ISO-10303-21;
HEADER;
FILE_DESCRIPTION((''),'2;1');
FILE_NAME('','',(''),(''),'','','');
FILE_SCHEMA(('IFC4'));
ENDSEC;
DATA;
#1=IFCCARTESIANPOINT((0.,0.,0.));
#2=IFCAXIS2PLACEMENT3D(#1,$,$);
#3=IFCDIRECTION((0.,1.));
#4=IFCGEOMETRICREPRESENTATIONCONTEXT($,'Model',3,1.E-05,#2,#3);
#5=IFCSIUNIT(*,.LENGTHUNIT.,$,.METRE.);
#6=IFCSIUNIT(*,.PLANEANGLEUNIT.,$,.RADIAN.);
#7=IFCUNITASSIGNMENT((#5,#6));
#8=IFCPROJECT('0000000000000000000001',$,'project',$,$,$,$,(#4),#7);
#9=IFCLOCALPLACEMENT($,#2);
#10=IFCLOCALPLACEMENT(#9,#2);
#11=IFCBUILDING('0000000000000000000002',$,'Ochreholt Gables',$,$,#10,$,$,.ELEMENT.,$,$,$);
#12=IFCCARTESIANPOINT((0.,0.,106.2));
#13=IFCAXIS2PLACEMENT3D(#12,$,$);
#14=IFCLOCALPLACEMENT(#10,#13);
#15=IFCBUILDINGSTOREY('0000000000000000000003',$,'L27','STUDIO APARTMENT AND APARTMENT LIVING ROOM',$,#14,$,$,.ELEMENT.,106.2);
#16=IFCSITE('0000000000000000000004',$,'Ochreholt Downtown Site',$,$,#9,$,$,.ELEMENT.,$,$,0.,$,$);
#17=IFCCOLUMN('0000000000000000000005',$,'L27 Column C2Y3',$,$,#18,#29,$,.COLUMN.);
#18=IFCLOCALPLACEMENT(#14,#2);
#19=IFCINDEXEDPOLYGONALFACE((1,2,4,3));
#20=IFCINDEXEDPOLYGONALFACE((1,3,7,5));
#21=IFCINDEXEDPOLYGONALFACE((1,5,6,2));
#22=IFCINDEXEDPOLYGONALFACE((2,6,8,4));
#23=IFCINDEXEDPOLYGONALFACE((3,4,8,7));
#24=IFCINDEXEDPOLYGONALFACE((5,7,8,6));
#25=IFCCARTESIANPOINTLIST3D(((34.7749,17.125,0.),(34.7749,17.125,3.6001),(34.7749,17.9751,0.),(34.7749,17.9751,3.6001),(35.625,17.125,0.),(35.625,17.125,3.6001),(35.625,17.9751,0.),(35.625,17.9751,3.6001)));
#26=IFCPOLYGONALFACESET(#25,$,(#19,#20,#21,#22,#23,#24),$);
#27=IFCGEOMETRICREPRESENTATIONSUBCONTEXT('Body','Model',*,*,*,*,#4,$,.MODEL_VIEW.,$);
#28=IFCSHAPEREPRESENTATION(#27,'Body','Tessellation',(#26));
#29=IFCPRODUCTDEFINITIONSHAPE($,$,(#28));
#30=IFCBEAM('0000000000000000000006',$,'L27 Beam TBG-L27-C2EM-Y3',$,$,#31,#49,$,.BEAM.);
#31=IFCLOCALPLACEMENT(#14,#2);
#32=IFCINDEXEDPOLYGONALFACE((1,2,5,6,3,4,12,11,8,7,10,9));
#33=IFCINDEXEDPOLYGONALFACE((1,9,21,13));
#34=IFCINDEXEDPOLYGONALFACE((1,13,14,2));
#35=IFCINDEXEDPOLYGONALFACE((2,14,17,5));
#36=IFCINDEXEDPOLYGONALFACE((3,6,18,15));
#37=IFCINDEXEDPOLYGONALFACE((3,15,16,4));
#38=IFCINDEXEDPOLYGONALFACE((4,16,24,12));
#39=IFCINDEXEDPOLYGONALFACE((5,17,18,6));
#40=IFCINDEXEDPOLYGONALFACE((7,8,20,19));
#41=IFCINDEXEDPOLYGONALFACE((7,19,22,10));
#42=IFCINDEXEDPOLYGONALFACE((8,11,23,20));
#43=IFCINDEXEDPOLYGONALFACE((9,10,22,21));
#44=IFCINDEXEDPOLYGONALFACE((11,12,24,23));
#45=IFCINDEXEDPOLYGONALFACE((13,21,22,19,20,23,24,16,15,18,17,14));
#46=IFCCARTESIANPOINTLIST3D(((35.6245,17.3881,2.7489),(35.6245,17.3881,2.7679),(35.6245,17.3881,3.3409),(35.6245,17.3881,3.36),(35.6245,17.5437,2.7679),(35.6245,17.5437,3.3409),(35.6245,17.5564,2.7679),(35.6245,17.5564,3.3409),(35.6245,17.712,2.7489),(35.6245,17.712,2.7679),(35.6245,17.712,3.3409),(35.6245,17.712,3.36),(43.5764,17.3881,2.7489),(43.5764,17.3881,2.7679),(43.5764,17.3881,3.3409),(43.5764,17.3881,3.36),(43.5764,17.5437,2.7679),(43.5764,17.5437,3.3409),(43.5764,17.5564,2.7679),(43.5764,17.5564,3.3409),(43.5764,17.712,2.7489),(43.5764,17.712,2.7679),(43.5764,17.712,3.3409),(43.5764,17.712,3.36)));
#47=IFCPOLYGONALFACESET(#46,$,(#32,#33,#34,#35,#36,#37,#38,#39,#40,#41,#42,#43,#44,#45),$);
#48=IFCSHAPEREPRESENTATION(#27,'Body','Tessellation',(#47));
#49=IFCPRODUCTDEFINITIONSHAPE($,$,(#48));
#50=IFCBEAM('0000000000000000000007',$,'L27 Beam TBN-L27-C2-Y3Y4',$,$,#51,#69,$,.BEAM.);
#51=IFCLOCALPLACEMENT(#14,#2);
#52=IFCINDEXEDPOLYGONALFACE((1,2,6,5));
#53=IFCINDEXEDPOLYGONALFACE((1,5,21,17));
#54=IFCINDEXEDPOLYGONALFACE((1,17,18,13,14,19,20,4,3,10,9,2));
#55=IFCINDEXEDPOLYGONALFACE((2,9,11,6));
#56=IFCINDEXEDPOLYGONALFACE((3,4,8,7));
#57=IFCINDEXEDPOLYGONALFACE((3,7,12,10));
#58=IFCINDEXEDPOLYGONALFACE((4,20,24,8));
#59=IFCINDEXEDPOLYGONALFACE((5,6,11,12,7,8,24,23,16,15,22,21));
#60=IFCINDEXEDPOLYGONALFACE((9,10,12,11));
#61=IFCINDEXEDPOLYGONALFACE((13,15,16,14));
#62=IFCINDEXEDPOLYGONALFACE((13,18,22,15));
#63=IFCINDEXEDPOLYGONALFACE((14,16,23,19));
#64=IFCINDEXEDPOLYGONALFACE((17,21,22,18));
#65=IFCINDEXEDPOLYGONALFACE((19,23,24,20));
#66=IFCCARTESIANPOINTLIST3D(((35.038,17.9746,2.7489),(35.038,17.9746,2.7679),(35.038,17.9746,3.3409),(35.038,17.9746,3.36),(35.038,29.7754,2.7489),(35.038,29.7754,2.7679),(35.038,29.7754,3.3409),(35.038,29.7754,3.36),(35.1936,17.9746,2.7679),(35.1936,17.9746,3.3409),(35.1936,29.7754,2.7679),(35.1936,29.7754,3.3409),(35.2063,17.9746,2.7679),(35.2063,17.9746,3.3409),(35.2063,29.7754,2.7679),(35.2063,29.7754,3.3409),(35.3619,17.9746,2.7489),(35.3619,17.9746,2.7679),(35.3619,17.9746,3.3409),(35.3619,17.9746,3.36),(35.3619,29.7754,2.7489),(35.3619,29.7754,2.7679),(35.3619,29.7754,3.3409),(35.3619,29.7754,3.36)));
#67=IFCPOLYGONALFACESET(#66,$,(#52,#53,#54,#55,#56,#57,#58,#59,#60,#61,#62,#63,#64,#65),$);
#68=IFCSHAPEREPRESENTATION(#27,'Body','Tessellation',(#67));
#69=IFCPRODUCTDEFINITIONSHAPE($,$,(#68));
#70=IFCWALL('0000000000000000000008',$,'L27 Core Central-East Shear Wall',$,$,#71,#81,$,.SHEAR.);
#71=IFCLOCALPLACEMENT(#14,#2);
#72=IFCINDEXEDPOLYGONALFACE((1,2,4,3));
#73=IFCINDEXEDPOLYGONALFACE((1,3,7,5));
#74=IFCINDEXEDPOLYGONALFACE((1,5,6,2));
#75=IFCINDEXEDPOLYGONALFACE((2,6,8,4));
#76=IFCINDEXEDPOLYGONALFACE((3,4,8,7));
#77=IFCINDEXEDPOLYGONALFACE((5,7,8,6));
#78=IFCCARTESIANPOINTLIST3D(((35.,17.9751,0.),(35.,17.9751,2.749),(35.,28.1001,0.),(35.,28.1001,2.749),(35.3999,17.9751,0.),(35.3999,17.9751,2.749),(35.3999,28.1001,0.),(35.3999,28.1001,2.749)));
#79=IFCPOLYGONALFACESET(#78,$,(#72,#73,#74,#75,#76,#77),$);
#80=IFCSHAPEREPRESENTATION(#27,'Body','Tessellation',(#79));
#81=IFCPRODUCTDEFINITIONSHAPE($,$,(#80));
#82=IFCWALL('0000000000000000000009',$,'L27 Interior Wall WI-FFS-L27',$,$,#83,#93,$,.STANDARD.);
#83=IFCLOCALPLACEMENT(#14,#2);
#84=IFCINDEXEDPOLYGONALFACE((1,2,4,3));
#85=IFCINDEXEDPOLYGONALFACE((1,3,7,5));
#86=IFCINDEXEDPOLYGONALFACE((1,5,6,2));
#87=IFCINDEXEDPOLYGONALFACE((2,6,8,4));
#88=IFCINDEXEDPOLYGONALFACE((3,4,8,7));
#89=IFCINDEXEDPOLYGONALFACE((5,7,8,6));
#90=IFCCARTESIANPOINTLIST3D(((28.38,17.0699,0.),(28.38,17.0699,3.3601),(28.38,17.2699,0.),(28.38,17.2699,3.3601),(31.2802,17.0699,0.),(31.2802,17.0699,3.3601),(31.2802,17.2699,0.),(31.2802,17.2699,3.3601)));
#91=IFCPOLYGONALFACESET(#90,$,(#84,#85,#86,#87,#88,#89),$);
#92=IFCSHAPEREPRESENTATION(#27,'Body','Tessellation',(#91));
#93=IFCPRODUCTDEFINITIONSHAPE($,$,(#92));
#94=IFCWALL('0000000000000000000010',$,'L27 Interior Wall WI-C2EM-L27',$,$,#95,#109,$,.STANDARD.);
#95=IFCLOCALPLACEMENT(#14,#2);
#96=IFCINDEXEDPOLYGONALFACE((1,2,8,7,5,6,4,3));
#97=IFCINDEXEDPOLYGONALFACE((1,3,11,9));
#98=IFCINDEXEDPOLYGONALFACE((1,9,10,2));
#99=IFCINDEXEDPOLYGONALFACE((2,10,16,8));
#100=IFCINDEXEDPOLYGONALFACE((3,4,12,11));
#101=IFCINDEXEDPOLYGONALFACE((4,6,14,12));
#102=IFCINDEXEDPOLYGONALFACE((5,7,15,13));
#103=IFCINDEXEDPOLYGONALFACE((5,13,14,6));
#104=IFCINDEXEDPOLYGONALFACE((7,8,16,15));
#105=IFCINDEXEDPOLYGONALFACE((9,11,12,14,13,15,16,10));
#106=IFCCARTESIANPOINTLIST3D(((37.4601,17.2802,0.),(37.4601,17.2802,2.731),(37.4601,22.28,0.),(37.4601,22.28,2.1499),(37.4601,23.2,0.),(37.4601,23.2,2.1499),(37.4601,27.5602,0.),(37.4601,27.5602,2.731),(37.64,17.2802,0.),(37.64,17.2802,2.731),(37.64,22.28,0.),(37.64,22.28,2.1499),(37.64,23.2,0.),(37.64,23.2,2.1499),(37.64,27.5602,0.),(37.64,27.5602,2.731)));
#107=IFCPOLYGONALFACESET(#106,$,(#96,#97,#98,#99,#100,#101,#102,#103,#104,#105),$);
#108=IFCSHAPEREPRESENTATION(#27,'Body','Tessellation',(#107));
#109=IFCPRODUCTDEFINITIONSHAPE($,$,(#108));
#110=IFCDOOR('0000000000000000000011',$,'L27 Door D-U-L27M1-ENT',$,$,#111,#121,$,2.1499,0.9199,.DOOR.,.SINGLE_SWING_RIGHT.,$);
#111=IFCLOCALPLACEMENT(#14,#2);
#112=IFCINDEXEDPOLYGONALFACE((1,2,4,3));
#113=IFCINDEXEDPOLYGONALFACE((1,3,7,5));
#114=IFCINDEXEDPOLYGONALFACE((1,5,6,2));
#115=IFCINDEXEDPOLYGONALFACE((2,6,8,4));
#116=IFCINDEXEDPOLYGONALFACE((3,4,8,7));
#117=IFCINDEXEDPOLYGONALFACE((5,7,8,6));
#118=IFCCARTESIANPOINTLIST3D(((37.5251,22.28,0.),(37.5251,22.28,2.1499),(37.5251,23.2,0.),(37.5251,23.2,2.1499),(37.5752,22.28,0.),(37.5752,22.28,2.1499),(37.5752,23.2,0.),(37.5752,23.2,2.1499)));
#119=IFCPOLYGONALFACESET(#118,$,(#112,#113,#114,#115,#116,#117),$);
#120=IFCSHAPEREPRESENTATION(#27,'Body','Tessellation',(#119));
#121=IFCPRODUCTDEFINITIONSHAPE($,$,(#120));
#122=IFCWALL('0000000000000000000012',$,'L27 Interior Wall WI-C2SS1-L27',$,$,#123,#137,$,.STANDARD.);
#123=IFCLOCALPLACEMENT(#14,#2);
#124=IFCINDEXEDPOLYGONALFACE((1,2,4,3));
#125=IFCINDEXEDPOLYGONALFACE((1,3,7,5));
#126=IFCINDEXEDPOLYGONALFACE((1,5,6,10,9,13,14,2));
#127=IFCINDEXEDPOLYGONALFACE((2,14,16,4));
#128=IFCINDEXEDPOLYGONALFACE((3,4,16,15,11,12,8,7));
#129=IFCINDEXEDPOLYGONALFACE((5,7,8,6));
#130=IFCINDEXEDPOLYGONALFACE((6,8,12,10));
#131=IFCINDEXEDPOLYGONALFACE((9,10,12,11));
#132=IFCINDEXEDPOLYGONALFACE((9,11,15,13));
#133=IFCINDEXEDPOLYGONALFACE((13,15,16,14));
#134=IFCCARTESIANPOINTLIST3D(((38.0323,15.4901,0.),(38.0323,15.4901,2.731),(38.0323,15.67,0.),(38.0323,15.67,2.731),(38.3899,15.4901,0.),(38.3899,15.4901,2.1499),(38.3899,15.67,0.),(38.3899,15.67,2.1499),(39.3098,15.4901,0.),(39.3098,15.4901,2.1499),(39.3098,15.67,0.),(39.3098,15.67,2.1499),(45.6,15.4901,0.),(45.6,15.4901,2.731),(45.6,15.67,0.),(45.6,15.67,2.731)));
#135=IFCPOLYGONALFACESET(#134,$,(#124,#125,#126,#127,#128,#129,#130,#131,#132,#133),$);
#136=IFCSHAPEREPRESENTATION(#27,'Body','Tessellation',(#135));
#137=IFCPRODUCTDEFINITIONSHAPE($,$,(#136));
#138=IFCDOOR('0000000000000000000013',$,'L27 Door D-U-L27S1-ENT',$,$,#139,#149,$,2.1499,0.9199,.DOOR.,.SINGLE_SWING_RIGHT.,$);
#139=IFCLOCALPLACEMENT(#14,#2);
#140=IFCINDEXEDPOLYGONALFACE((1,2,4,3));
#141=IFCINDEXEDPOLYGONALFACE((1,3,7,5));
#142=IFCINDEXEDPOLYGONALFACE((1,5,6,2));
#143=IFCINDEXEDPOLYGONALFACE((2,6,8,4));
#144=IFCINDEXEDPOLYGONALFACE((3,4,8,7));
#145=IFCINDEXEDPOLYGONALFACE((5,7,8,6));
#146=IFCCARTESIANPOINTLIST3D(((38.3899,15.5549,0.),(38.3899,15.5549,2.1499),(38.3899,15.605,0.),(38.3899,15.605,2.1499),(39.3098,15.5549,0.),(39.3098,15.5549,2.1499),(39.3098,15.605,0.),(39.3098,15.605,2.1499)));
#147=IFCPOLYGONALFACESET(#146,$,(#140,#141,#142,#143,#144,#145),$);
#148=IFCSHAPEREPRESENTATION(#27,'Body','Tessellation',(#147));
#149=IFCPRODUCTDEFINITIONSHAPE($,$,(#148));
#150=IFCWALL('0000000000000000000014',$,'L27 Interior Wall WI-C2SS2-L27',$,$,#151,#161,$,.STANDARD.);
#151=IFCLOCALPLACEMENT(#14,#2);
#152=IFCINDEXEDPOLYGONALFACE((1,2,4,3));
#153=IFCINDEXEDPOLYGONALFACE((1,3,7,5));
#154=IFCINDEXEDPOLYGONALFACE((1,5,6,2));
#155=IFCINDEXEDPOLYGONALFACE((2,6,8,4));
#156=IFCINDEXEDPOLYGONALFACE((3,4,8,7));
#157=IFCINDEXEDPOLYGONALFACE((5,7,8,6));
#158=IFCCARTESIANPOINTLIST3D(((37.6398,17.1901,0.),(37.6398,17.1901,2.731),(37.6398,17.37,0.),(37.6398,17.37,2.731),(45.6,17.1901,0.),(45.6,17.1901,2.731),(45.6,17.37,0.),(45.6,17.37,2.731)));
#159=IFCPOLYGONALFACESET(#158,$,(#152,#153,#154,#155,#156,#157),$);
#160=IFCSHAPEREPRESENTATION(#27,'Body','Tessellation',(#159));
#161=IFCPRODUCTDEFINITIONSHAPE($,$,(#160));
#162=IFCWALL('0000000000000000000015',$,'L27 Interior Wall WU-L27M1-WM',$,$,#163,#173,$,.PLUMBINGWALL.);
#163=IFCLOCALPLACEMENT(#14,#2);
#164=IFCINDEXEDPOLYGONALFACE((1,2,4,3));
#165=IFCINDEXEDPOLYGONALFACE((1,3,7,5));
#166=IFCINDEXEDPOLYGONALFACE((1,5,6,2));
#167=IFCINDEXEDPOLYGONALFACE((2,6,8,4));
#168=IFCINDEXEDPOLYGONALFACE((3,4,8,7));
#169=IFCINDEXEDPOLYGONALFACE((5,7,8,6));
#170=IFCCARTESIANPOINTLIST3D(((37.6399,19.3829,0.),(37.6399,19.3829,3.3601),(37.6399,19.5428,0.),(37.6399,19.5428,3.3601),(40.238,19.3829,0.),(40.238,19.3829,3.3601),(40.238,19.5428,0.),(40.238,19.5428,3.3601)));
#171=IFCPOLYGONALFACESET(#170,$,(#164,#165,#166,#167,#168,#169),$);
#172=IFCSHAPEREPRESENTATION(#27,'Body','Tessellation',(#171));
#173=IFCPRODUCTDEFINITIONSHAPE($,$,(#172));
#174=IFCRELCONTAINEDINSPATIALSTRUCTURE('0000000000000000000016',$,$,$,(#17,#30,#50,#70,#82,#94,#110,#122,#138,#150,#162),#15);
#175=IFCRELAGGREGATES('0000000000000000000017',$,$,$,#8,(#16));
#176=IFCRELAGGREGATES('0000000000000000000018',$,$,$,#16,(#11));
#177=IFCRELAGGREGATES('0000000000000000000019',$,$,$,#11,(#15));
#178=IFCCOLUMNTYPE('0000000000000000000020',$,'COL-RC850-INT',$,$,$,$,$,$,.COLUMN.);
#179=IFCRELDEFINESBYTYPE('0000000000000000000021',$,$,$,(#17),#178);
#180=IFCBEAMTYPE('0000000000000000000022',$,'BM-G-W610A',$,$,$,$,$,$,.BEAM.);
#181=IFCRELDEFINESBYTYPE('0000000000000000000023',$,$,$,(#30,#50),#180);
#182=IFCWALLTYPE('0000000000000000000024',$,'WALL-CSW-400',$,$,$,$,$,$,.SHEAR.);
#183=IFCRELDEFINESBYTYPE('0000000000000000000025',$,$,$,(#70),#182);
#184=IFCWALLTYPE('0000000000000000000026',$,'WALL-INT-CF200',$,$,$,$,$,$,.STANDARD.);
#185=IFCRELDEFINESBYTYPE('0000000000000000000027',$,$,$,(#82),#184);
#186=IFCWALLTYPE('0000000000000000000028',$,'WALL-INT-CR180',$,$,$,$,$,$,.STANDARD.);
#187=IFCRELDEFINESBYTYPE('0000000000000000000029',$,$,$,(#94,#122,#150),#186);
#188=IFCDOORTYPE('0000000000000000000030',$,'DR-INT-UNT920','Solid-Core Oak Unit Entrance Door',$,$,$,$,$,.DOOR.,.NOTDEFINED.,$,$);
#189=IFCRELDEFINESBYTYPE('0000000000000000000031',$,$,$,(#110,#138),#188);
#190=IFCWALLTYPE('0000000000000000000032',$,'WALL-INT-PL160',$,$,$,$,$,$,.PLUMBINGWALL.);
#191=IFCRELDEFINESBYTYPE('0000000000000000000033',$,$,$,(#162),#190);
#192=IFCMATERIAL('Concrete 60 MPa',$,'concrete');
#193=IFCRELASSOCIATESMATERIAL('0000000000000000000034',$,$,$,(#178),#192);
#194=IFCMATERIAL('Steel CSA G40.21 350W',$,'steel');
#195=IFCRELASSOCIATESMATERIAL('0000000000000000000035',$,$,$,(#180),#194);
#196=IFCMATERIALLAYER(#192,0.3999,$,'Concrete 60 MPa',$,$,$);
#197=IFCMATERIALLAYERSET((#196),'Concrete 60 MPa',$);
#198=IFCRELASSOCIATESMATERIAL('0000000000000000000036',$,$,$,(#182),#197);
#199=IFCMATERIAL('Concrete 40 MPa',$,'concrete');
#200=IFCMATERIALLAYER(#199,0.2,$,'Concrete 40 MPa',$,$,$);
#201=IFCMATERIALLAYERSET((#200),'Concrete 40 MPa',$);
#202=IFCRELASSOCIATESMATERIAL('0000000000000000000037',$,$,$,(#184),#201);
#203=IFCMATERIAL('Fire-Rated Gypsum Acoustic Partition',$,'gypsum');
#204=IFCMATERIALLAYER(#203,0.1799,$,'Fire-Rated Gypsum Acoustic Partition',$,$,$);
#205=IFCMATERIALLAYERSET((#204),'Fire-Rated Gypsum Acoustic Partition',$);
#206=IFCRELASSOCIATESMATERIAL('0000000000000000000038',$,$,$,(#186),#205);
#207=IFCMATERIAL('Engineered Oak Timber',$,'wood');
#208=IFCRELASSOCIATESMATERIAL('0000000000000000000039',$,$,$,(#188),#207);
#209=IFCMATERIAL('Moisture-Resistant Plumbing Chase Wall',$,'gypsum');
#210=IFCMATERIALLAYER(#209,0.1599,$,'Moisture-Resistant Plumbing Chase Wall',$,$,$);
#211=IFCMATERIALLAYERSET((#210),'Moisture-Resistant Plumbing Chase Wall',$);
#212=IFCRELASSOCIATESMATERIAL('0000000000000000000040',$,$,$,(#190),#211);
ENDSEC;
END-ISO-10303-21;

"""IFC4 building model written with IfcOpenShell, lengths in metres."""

from ifc_helpers import new_model, si_unit, direction, frame, frame_2d, origin, origin_2d, place, context, subcontext, project, spatial, rectangle, i_section, extrude, material, layer, layer_set, material_profile, profile_set, type_object, element, fill, save


model = new_model("IFC4")

# Units and contexts
model_context = context("Model", 3, precision=1e-05, world=origin(), true_north=direction((0.0, 1.0)))
body_context = subcontext(model_context, "Body", "Model", "MODEL_VIEW")
ifc_project = project(units=[si_unit("LENGTHUNIT", "METRE"), si_unit("PLANEANGLEUNIT", "RADIAN")], contexts=[model_context])

# Site, building, storey
site_placement = place(None, origin())
site = spatial("IfcSite", under=ifc_project, at=site_placement, Name="Ochreholt Downtown Site", CompositionType="ELEMENT", RefElevation=0.0)
building_placement = place(site_placement, origin())
building = spatial("IfcBuilding", under=site, at=building_placement, Name="Ochreholt Gables", CompositionType="ELEMENT")
storey_placement = place(building_placement, frame((0.0, 0.0, 106.2)))
storey = spatial("IfcBuildingStorey", under=building, at=storey_placement, Name="L27", Description="STUDIO APARTMENT AND APARTMENT LIVING ROOM", CompositionType="ELEMENT", Elevation=106.2)

# Column
ifc_material_1 = material(Name="Concrete 60 MPa", Category="concrete")
ifc_material_profile_1 = material_profile(ifc_material_1, rectangle(XDim=0.8501, YDim=0.8501, at=origin_2d()), Name="RC850X850")
ifc_profile_set_1 = profile_set([ifc_material_profile_1], Name="Concrete 60 MPa")
column_type = type_object("IfcColumnType", Name="COL-RC850-INT", PredefinedType="COLUMN", material=ifc_profile_set_1)
column_placement = place(storey_placement, frame((35.2, 17.55, 0.0), z_axis=(0.0, 0.0, 1.0), x_axis=(1.0, 0.0, 0.0)))
element("IfcColumn", 1, at=column_placement, inside=storey, type_object=column_type, Name="L27 Column C2Y3", PredefinedType="COLUMN", context=body_context, shape_type="SweptSolid", body=[
    extrude(rectangle(XDim=0.8501, YDim=0.8501, at=origin_2d()), origin(), (0.0, 0.0, 1.0), 3.6001),
])

# Beams
ifc_material_2 = material(Name="Steel CSA G40.21 350W", Category="steel")
ifc_material_profile_2 = material_profile(ifc_material_2, i_section(OverallWidth=0.324, OverallDepth=0.6111, WebThickness=0.0127, FlangeThickness=0.019, at=origin_2d()), Name="W610X155")
ifc_profile_set_2 = profile_set([ifc_material_profile_2], Name="Steel CSA G40.21 350W")
beam_type = type_object("IfcBeamType", Name="BM-G-W610A", PredefinedType="BEAM", material=ifc_profile_set_2)
beam_1_placement = place(storey_placement, frame((35.6245, 17.55, 3.0544), z_axis=(1.0, 0.0, 0.0), x_axis=(0.0, 1.0, 0.0)))
element("IfcBeam", 2, at=beam_1_placement, inside=storey, type_object=beam_type, Name="L27 Beam TBG-L27-C2EM-Y3", PredefinedType="BEAM", context=body_context, shape_type="SweptSolid", body=[
    extrude(i_section(OverallWidth=0.324, OverallDepth=0.6111, WebThickness=0.0127, FlangeThickness=0.019, at=origin_2d()), origin(), (0.0, 0.0, 1.0), 7.9519),
])
beam_2_placement = place(storey_placement, frame((35.2, 17.9746, 3.0544), z_axis=(0.0, 1.0, 0.0), x_axis=(-1.0, 0.0, 0.0)))
element("IfcBeam", 3, at=beam_2_placement, inside=storey, type_object=beam_type, Name="L27 Beam TBN-L27-C2-Y3Y4", PredefinedType="BEAM", context=body_context, shape_type="SweptSolid", body=[
    extrude(i_section(OverallWidth=0.324, OverallDepth=0.6111, WebThickness=0.0127, FlangeThickness=0.019, at=origin_2d()), origin(), (0.0, 0.0, 1.0), 11.8008),
])

# Walls
ifc_layer_1 = layer(ifc_material_1, 0.3999, Name="Concrete 60 MPa")
ifc_layer_set_1 = layer_set([ifc_layer_1], Name="Concrete 60 MPa")
wall_type_1 = type_object("IfcWallType", Name="WALL-CSW-400", PredefinedType="SHEAR", material=ifc_layer_set_1)
wall_1_placement = place(storey_placement, frame((35.2, 17.9751, 0.0), z_axis=(0.0, 0.0, 1.0), x_axis=(0.0, 1.0, 0.0)))
element("IfcWall", 4, at=wall_1_placement, inside=storey, type_object=wall_type_1, Name="L27 Core Central-East Shear Wall", PredefinedType="SHEAR", context=body_context, shape_type="SweptSolid", body=[
    extrude(rectangle(XDim=10.125, YDim=0.3999, at=frame_2d((5.0625, 0.0))), origin(), (0.0, 0.0, 1.0), 2.749),
])
ifc_material_3 = material(Name="Concrete 40 MPa", Category="concrete")
ifc_layer_2 = layer(ifc_material_3, 0.2, Name="Concrete 40 MPa")
ifc_layer_set_2 = layer_set([ifc_layer_2], Name="Concrete 40 MPa")
wall_type_2 = type_object("IfcWallType", Name="WALL-INT-CF200", PredefinedType="STANDARD", material=ifc_layer_set_2)
wall_2_placement = place(storey_placement, frame((28.3799, 17.1699, 0.0), z_axis=(0.0, 0.0, 1.0), x_axis=(1.0, 0.0, 0.0)))
element("IfcWall", 5, at=wall_2_placement, inside=storey, type_object=wall_type_2, Name="L27 Interior Wall WI-FFS-L27", PredefinedType="STANDARD", context=body_context, shape_type="SweptSolid", body=[
    extrude(rectangle(XDim=2.9001, YDim=0.2, at=frame_2d((1.4502, 0.0))), origin(), (0.0, 0.0, 1.0), 3.3601),
])

# Walls, openings, doors
ifc_material_4 = material(Name="Fire-Rated Gypsum Acoustic Partition", Category="gypsum")
ifc_layer_3 = layer(ifc_material_4, 0.1799, Name="Fire-Rated Gypsum Acoustic Partition")
ifc_layer_set_3 = layer_set([ifc_layer_3], Name="Fire-Rated Gypsum Acoustic Partition")
wall_type_3 = type_object("IfcWallType", Name="WALL-INT-CR180", PredefinedType="STANDARD", material=ifc_layer_set_3)
wall_3_placement = place(storey_placement, frame((37.55, 17.28, 0.0), z_axis=(0.0, 0.0, 1.0), x_axis=(0.0, 1.0, 0.0)))
wall_3 = element("IfcWall", 6, at=wall_3_placement, inside=storey, type_object=wall_type_3, Name="L27 Interior Wall WI-C2EM-L27", PredefinedType="STANDARD", context=body_context, shape_type="SweptSolid", body=[
    extrude(rectangle(XDim=10.28, YDim=0.1799, at=frame_2d((5.1401, 0.0))), origin(), (0.0, 0.0, 1.0), 2.731),
])
opening_1_placement = place(wall_3_placement, frame((5.0, 0.0, 0.0)))
opening_1 = element("IfcOpeningElement", 7, at=opening_1_placement, cuts=wall_3, PredefinedType="OPENING", context=body_context, shape_type="SweptSolid", body=[
    extrude(rectangle(XDim=0.9199, YDim=2.1499, at=frame_2d((0.46, 1.075))), frame((0.0, 0.0999, 0.0), z_axis=(0.0, -1.0, 0.0), x_axis=(1.0, 0.0, 0.0)), (0.0, 0.0, 1.0), 0.2),
])
ifc_material_5 = material(Name="Engineered Oak Timber", Category="wood")
door_type_1 = type_object("IfcDoorType", Name="DR-INT-UNT920", Description="Solid-Core Oak Unit Entrance Door", OperationType="NOTDEFINED", PredefinedType="DOOR", material=ifc_material_5)
door_1_placement = place(opening_1_placement, origin())
door_1 = element("IfcDoor", 8, at=door_1_placement, inside=storey, type_object=door_type_1, Name="L27 Door D-U-L27M1-ENT", OperationType="SINGLE_SWING_RIGHT", OverallHeight=2.1499, OverallWidth=0.9199, PredefinedType="DOOR", context=body_context, shape_type="SweptSolid", body=[
    extrude(rectangle(XDim=0.9199, YDim=2.1499, at=frame_2d((0.46, 1.075))), frame((0.0, 0.0249, 0.0), z_axis=(0.0, -1.0, 0.0), x_axis=(1.0, 0.0, 0.0)), (0.0, 0.0, 1.0), 0.05),
])
fill(opening_1, door_1)
wall_4_placement = place(storey_placement, frame((38.0325, 15.5801, 0.0), z_axis=(0.0, 0.0, 1.0), x_axis=(1.0, 0.0, 0.0)))
wall_4 = element("IfcWall", 9, at=wall_4_placement, inside=storey, type_object=wall_type_3, Name="L27 Interior Wall WI-C2SS1-L27", PredefinedType="STANDARD", context=body_context, shape_type="SweptSolid", body=[
    extrude(rectangle(XDim=7.5676, YDim=0.1799, at=frame_2d((3.7837, 0.0))), origin(), (0.0, 0.0, 1.0), 2.731),
])
opening_2_placement = place(wall_4_placement, frame((0.3574, 0.0, 0.0)))
opening_2 = element("IfcOpeningElement", 10, at=opening_2_placement, cuts=wall_4, PredefinedType="OPENING", context=body_context, shape_type="SweptSolid", body=[
    extrude(rectangle(XDim=0.9199, YDim=2.1499, at=frame_2d((0.46, 1.075))), frame((0.0, 0.0999, 0.0), z_axis=(0.0, -1.0, 0.0), x_axis=(1.0, 0.0, 0.0)), (0.0, 0.0, 1.0), 0.2),
])
door_2_placement = place(opening_2_placement, origin())
door_2 = element("IfcDoor", 11, at=door_2_placement, inside=storey, type_object=door_type_1, Name="L27 Door D-U-L27S1-ENT", OperationType="SINGLE_SWING_RIGHT", OverallHeight=2.1499, OverallWidth=0.9199, PredefinedType="DOOR", context=body_context, shape_type="SweptSolid", body=[
    extrude(rectangle(XDim=0.9199, YDim=2.1499, at=frame_2d((0.46, 1.075))), frame((0.0, 0.0249, 0.0), z_axis=(0.0, -1.0, 0.0), x_axis=(1.0, 0.0, 0.0)), (0.0, 0.0, 1.0), 0.05),
])
fill(opening_2, door_2)

# Wall
wall_5_placement = place(storey_placement, frame((37.6399, 17.28, 0.0), z_axis=(0.0, 0.0, 1.0), x_axis=(1.0, 0.0, 0.0)))
element("IfcWall", 12, at=wall_5_placement, inside=storey, type_object=wall_type_3, Name="L27 Interior Wall WI-C2SS2-L27", PredefinedType="STANDARD", context=body_context, shape_type="SweptSolid", body=[
    extrude(rectangle(XDim=7.9602, YDim=0.1799, at=frame_2d((3.98, 0.0))), origin(), (0.0, 0.0, 1.0), 2.731),
])

# Shared definitions
ifc_material_6 = material(Name="Moisture-Resistant Plumbing Chase Wall", Category="gypsum")
ifc_layer_4 = layer(ifc_material_6, 0.1599, Name="Moisture-Resistant Plumbing Chase Wall")
ifc_layer_set_4 = layer_set([ifc_layer_4], Name="Moisture-Resistant Plumbing Chase Wall")
wall_type_4 = type_object("IfcWallType", Name="WALL-INT-PL160", PredefinedType="PLUMBINGWALL", material=ifc_layer_set_4)

# Wall
wall_6_placement = place(storey_placement, frame((37.6399, 19.4629, 0.0), z_axis=(0.0, 0.0, 1.0), x_axis=(1.0, 0.0, 0.0)))
element("IfcWall", 13, at=wall_6_placement, inside=storey, type_object=wall_type_4, Name="L27 Interior Wall WU-L27M1-WM", PredefinedType="PLUMBINGWALL", context=body_context, shape_type="SweptSolid", body=[
    extrude(rectangle(XDim=2.5981, YDim=0.1599, at=frame_2d((1.2991, 0.0))), origin(), (0.0, 0.0, 1.0), 3.3601),
])

save(model, "model.ifc")
